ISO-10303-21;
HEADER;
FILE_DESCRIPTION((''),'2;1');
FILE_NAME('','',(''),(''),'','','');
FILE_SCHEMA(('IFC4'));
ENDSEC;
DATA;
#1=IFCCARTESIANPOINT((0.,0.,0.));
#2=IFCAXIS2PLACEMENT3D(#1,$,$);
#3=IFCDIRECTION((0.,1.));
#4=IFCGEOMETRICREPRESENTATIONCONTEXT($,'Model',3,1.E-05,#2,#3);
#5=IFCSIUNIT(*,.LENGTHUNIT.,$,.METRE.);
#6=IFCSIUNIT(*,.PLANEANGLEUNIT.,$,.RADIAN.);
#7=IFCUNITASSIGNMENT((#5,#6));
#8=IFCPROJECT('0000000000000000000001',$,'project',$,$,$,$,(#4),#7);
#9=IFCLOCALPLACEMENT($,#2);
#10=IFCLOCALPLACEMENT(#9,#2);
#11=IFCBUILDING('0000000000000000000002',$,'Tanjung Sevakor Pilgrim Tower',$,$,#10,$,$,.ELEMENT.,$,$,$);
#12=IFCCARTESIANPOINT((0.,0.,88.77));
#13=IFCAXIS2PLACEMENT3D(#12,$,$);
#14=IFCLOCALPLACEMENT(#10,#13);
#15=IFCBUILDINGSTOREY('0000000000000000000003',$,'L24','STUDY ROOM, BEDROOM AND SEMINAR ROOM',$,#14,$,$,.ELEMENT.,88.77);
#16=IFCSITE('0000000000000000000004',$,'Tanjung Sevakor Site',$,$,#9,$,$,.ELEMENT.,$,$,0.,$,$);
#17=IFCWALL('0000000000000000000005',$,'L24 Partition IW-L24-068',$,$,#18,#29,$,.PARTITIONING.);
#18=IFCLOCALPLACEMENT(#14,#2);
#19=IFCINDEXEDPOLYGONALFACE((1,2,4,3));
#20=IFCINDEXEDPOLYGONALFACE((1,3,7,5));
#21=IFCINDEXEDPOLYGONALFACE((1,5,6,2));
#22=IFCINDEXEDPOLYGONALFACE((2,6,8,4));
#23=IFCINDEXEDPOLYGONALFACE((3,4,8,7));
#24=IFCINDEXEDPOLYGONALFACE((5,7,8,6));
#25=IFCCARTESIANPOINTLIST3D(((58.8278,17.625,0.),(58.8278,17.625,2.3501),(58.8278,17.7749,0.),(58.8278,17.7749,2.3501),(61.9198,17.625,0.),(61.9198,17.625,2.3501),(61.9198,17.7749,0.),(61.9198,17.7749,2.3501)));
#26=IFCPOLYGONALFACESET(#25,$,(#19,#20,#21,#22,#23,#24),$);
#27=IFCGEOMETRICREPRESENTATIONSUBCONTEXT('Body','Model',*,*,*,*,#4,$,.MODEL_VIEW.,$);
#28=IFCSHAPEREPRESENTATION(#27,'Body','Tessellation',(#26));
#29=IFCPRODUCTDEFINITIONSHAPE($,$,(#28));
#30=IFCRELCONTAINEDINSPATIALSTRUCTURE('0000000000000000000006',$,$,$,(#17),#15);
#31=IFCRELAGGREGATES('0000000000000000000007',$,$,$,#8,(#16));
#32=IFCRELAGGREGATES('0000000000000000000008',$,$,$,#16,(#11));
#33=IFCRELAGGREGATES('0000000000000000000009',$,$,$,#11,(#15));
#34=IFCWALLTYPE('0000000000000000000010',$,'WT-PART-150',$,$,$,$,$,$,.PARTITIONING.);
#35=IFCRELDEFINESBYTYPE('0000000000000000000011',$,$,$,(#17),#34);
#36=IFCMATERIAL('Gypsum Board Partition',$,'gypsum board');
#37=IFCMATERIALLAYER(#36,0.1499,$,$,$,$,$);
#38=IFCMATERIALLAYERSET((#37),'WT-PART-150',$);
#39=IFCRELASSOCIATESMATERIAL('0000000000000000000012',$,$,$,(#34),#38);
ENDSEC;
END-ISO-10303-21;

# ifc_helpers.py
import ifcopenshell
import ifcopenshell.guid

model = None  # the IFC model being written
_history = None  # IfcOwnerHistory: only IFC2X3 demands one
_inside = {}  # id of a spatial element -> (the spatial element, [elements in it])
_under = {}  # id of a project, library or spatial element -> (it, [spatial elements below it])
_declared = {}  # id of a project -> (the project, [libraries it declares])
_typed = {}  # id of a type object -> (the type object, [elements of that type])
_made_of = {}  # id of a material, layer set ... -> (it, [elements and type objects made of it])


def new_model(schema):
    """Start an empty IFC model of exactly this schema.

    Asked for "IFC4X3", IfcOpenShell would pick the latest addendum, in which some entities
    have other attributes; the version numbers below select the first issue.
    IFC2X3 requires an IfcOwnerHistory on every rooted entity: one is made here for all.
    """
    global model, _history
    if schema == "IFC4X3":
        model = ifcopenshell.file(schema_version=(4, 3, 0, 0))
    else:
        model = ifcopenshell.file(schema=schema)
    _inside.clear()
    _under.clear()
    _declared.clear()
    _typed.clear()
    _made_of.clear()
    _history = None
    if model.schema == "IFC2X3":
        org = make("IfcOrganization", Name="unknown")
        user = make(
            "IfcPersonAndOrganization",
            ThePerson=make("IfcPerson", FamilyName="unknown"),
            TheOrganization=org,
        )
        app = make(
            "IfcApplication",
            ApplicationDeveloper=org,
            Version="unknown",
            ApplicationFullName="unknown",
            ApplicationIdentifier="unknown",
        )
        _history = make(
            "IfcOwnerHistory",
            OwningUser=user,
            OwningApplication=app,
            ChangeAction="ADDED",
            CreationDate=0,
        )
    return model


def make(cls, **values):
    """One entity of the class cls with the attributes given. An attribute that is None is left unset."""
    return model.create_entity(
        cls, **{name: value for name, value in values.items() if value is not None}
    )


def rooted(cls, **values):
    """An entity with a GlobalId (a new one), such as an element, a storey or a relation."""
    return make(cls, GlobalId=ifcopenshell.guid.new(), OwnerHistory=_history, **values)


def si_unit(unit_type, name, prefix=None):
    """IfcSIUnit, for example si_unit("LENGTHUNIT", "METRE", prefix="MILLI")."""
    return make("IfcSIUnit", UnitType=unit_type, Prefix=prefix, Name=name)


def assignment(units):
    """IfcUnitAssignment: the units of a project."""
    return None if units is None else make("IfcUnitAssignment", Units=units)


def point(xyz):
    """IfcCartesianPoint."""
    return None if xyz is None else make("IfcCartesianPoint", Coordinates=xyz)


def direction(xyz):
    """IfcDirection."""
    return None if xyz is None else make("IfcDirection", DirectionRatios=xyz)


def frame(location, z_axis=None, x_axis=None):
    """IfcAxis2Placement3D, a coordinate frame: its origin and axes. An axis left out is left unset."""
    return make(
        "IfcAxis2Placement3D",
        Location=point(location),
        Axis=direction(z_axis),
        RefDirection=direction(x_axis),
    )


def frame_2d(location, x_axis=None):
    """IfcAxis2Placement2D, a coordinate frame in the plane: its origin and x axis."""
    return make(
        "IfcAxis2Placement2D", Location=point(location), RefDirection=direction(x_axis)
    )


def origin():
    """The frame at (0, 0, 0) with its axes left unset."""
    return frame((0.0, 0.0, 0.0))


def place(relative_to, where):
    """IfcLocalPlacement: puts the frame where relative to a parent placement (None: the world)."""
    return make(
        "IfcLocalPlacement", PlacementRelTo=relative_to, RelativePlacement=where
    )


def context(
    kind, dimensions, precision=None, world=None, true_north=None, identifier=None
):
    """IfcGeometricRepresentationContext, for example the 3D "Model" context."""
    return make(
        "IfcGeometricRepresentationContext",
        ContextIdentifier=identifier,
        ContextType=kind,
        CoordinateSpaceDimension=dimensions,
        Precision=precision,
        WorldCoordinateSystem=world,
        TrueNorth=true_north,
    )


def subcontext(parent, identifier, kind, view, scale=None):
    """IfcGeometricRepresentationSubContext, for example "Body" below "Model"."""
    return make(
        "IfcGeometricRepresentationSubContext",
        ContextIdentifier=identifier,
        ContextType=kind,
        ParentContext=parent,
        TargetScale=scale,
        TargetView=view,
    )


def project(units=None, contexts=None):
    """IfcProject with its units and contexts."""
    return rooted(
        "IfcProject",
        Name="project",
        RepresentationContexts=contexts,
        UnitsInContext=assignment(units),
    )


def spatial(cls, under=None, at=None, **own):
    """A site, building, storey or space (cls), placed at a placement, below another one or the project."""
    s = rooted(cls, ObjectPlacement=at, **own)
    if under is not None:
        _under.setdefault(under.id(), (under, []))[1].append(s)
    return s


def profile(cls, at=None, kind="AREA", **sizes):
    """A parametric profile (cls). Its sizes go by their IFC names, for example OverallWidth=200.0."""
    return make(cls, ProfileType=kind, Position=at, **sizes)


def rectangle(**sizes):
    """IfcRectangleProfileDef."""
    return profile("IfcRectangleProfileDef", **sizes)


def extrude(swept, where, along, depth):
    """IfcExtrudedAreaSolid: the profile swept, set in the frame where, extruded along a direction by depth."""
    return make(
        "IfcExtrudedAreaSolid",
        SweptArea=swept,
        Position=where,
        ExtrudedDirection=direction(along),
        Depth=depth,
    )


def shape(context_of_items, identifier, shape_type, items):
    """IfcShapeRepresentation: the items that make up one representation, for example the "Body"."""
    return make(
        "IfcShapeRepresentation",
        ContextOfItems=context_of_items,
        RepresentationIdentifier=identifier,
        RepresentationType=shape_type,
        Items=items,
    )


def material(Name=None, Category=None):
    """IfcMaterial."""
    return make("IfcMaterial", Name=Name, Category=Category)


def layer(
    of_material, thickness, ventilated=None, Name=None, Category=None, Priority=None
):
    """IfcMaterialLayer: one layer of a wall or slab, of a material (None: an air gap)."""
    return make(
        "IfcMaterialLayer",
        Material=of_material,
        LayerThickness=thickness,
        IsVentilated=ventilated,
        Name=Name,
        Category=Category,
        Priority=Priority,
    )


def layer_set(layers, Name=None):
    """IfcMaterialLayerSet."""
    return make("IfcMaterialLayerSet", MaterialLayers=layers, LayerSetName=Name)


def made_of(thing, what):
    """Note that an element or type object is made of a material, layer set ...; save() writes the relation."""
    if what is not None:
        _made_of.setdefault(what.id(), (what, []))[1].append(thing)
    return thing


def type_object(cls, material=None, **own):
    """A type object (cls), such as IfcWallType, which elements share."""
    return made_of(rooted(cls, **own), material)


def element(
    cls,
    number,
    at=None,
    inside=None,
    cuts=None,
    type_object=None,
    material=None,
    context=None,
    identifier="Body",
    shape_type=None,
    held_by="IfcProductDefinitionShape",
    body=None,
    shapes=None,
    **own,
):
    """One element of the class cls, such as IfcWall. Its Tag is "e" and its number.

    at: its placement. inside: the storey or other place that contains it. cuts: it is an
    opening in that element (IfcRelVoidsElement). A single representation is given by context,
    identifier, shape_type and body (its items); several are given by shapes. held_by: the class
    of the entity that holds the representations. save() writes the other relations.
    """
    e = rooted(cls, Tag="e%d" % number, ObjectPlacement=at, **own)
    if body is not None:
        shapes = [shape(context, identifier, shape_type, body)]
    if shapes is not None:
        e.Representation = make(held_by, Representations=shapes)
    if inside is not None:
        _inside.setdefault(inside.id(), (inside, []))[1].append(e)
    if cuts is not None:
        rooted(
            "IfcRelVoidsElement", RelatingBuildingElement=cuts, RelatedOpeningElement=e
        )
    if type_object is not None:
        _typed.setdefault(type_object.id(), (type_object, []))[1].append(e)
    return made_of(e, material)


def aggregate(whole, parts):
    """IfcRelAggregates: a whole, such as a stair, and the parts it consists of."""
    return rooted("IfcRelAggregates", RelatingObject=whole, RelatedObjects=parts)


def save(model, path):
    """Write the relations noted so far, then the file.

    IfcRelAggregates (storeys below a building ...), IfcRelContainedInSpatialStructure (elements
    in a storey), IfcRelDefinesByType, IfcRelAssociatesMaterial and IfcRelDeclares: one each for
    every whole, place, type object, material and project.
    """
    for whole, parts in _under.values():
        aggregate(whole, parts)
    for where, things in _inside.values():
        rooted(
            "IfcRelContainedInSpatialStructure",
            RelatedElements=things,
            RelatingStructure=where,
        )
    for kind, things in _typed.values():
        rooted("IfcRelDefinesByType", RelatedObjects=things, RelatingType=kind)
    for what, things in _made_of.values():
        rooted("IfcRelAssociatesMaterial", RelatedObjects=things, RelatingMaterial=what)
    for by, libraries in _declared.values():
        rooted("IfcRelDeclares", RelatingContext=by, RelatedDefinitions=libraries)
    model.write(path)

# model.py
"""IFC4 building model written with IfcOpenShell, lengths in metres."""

from ifc_helpers import new_model, si_unit, direction, frame, frame_2d, origin, place, context, subcontext, project, spatial, rectangle, extrude, material, layer, layer_set, type_object, element, save


model = new_model("IFC4")

# Units and contexts
model_context = context("Model", 3, precision=1e-05, world=origin(), true_north=direction((0.0, 1.0)))
body_context = subcontext(model_context, "Body", "Model", "MODEL_VIEW")
ifc_project = project(units=[si_unit("LENGTHUNIT", "METRE"), si_unit("PLANEANGLEUNIT", "RADIAN")], contexts=[model_context])

# Site, building, storey
site_placement = place(None, origin())
site = spatial("IfcSite", under=ifc_project, at=site_placement, Name="Tanjung Sevakor Site", CompositionType="ELEMENT", RefElevation=0.0)
building_placement = place(site_placement, origin())
building = spatial("IfcBuilding", under=site, at=building_placement, Name="Tanjung Sevakor Pilgrim Tower", CompositionType="ELEMENT")
storey_placement = place(building_placement, frame((0.0, 0.0, 88.77)))
storey = spatial("IfcBuildingStorey", under=building, at=storey_placement, Name="L24", Description="STUDY ROOM, BEDROOM AND SEMINAR ROOM", CompositionType="ELEMENT", Elevation=88.77)

# Wall
ifc_material_1 = material(Name="Gypsum Board Partition", Category="gypsum board")
ifc_layer_1 = layer(ifc_material_1, 0.1499)
ifc_layer_set_1 = layer_set([ifc_layer_1], Name="WT-PART-150")
wall_type_1 = type_object("IfcWallType", Name="WT-PART-150", PredefinedType="PARTITIONING", material=ifc_layer_set_1)
wall_1_placement = place(storey_placement, frame((58.8279, 17.7, 0.0), z_axis=(0.0, 0.0, 1.0), x_axis=(1.0, 0.0, 0.0)))
element("IfcWall", 1, at=wall_1_placement, inside=storey, type_object=wall_type_1, Name="L24 Partition IW-L24-068", PredefinedType="PARTITIONING", context=body_context, shape_type="SweptSolid", body=[
    extrude(rectangle(XDim=3.092, YDim=0.1499, at=frame_2d((1.5459, 0.0))), origin(), (0.0, 0.0, 1.0), 2.3501),
])

save(model, "model.ifc")
